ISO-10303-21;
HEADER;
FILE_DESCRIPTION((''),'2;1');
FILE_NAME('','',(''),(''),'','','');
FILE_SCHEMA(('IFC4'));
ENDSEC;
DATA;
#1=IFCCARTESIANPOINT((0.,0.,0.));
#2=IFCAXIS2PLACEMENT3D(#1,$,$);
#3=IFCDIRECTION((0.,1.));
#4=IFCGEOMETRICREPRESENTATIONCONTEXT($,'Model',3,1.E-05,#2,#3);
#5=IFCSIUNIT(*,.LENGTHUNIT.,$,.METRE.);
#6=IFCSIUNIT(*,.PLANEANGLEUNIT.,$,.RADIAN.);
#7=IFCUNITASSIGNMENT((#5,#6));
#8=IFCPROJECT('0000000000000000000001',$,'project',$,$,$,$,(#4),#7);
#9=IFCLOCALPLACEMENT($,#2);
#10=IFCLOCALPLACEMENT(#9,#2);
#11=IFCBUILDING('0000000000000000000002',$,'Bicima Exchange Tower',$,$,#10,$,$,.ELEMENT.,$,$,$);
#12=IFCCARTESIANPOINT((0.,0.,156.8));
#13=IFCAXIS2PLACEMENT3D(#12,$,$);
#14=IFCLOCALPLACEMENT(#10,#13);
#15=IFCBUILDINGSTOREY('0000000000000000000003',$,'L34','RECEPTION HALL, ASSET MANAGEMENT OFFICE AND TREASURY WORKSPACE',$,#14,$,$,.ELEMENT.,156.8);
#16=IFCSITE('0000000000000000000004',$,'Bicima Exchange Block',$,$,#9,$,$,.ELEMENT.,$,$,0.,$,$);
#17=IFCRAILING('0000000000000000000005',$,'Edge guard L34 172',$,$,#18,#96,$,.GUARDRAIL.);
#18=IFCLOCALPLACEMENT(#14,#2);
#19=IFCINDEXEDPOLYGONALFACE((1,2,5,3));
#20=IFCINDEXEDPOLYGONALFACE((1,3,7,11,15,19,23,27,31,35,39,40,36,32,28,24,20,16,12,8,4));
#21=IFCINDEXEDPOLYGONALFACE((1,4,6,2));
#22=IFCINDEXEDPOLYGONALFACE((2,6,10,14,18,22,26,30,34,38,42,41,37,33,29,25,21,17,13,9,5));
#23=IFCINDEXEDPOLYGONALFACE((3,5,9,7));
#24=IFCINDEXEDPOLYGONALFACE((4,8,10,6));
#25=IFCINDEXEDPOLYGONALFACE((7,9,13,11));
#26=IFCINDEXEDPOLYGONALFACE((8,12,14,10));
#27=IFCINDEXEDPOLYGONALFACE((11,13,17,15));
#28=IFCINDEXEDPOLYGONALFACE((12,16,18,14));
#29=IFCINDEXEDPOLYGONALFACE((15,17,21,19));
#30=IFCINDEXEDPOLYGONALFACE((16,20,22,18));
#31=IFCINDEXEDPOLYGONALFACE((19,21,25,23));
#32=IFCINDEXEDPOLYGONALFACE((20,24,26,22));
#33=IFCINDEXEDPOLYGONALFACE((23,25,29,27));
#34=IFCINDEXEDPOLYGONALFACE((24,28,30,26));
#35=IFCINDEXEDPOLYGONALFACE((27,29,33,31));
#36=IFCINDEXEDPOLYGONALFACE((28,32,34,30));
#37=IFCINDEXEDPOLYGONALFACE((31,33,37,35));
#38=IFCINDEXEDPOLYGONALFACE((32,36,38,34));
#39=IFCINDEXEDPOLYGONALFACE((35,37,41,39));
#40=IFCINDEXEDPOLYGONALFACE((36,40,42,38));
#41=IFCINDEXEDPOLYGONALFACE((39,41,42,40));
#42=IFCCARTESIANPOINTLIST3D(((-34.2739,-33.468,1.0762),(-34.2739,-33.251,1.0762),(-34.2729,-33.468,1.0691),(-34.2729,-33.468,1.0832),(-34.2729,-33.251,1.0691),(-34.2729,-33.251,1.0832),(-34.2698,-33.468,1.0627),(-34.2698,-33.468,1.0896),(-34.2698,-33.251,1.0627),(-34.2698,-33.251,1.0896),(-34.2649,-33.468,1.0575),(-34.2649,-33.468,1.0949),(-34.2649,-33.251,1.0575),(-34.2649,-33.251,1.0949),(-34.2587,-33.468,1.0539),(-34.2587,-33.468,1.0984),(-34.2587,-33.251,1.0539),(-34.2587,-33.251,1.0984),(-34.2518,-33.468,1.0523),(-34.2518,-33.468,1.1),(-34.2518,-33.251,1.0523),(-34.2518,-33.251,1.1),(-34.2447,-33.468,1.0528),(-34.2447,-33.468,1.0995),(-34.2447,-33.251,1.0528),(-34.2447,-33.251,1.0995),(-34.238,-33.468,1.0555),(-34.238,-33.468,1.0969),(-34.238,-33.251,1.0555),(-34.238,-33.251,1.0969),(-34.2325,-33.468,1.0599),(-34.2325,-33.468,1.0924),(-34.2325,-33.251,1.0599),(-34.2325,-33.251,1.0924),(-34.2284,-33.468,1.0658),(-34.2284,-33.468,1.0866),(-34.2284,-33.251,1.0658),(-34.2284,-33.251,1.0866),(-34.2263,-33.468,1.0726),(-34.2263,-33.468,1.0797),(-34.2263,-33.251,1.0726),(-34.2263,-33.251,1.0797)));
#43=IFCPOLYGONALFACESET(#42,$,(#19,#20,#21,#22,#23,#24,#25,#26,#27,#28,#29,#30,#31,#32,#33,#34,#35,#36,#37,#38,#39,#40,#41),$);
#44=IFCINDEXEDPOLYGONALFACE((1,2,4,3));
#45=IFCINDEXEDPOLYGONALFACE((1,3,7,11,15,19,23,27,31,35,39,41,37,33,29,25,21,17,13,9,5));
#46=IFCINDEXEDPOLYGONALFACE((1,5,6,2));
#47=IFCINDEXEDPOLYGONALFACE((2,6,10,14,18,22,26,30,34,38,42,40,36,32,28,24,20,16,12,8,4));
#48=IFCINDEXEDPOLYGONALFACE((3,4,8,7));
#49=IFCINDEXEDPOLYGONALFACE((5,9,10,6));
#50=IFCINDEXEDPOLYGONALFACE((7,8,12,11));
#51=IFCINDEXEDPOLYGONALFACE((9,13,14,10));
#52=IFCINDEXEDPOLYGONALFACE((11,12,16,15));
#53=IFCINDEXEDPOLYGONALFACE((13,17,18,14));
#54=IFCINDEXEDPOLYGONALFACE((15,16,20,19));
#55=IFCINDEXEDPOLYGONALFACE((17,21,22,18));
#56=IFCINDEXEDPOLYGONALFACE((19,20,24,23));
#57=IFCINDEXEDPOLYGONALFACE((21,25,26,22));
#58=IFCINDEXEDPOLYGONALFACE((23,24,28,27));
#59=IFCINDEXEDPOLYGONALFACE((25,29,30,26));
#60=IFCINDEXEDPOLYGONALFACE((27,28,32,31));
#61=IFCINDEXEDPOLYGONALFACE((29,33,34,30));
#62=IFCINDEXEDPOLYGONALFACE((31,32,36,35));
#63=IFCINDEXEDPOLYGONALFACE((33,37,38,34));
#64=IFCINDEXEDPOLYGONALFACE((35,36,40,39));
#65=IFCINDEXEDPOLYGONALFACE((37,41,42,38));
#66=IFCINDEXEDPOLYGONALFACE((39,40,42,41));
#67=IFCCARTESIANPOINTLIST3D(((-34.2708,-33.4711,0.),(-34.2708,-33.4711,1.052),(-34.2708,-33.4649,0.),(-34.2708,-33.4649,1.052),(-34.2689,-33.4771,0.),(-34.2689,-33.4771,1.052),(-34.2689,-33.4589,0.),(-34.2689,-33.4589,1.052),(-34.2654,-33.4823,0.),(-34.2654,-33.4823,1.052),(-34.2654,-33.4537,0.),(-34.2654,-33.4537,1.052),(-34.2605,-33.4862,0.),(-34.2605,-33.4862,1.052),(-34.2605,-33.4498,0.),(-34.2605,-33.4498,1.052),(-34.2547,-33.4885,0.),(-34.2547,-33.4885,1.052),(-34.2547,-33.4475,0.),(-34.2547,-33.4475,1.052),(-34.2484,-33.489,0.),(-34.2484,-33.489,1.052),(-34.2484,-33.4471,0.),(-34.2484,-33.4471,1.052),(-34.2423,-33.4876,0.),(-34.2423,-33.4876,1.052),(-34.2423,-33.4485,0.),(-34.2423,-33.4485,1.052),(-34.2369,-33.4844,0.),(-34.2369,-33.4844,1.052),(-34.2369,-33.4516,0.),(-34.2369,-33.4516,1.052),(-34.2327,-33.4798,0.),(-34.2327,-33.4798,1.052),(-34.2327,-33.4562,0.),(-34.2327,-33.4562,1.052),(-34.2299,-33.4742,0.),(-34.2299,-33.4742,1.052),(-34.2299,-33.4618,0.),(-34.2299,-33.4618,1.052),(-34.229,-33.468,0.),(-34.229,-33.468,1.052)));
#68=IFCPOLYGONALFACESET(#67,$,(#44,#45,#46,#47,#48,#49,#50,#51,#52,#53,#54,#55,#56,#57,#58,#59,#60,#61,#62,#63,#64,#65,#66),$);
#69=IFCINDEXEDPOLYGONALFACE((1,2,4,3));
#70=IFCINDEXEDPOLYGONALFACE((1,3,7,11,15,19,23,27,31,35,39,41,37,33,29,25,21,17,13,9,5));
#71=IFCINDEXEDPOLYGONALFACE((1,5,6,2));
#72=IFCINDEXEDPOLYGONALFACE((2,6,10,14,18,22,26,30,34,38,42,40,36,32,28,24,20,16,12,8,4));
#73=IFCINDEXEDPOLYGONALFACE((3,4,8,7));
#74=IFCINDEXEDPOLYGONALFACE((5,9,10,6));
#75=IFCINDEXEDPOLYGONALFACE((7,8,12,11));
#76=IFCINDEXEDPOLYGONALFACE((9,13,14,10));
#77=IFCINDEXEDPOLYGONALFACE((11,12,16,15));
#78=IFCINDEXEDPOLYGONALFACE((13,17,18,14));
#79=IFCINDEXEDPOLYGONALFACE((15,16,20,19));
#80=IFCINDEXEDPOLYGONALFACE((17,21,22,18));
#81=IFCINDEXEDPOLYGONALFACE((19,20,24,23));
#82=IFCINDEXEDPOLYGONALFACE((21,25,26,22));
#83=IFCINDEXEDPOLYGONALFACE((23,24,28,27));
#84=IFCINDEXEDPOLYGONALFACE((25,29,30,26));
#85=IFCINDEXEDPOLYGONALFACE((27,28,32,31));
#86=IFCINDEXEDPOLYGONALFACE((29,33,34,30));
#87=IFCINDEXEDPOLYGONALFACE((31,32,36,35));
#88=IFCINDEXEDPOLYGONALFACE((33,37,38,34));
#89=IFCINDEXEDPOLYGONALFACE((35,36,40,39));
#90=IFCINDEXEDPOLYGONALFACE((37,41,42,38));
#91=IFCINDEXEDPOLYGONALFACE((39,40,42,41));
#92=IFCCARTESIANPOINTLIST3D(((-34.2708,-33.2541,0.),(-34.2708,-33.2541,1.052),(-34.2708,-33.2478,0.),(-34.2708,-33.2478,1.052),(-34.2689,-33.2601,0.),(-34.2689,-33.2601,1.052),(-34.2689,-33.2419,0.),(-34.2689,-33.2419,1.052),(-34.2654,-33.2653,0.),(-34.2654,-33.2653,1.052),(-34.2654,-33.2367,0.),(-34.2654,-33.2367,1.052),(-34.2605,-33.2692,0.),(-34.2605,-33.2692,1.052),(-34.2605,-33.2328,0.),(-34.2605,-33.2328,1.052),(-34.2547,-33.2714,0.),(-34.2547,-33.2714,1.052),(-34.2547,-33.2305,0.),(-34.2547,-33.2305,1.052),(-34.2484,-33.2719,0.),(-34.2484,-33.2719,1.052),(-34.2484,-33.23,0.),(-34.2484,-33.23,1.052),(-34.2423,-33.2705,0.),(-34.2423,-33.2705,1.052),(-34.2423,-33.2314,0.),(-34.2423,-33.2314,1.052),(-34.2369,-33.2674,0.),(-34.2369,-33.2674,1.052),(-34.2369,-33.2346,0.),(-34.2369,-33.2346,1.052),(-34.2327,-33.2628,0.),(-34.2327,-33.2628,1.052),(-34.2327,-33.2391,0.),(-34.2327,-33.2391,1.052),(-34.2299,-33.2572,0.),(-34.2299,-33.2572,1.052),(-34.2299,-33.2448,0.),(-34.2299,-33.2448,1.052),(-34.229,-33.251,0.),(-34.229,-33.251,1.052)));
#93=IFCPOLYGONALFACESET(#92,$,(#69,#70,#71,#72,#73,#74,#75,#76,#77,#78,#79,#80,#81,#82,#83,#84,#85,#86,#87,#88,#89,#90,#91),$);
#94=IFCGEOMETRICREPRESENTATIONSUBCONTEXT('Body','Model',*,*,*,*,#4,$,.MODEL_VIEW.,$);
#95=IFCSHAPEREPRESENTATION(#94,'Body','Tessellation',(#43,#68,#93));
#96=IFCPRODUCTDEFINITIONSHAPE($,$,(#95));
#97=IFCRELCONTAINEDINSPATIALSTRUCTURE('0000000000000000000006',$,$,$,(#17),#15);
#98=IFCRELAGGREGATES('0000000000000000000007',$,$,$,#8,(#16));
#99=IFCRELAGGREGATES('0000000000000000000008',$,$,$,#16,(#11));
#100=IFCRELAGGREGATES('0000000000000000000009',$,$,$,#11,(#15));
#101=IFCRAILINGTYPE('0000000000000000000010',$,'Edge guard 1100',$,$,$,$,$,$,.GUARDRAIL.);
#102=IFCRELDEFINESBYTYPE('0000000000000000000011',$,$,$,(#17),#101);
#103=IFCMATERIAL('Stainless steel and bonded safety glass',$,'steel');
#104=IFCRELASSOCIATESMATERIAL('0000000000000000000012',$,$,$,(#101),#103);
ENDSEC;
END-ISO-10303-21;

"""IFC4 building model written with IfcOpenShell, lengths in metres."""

from ifc_helpers import new_model, si_unit, direction, frame, origin, origin_2d, place, context, subcontext, project, spatial, circle, extrude, material, type_object, element, save


model = new_model("IFC4")

# Units and contexts
model_context = context("Model", 3, precision=1e-05, world=origin(), true_north=direction((0.0, 1.0)))
body_context = subcontext(model_context, "Body", "Model", "MODEL_VIEW")
ifc_project = project(units=[si_unit("LENGTHUNIT", "METRE"), si_unit("PLANEANGLEUNIT", "RADIAN")], contexts=[model_context])

# Site, building, storey
site_placement = place(None, origin())
site = spatial("IfcSite", under=ifc_project, at=site_placement, Name="Bicima Exchange Block", CompositionType="ELEMENT", RefElevation=0.0)
building_placement = place(site_placement, origin())
building = spatial("IfcBuilding", under=site, at=building_placement, Name="Bicima Exchange Tower", CompositionType="ELEMENT")
storey_placement = place(building_placement, frame((0.0, 0.0, 156.8)))
storey = spatial("IfcBuildingStorey", under=building, at=storey_placement, Name="L34", Description="RECEPTION HALL, ASSET MANAGEMENT OFFICE AND TREASURY WORKSPACE", CompositionType="ELEMENT", Elevation=156.8)

# Railing
ifc_material_1 = material(Name="Stainless steel and bonded safety glass", Category="steel")
railing_type = type_object("IfcRailingType", Name="Edge guard 1100", PredefinedType="GUARDRAIL", material=ifc_material_1)
railing_1_placement = place(storey_placement, frame((-34.25, -33.468, 0.0)))
element("IfcRailing", 1, at=railing_1_placement, inside=storey, type_object=railing_type, Name="Edge guard L34 172", PredefinedType="GUARDRAIL", context=body_context, shape_type="SweptSolid", body=[
    extrude(circle(Radius=0.0239, at=origin_2d()), frame((0.0, 0.0, 1.0762), z_axis=(0.0, 1.0, 0.0), x_axis=(-1.0, 0.0, 0.0)), (0.0, 0.0, 1.0), 0.217),
    extrude(circle(Radius=0.021, at=origin_2d()), origin(), (0.0, 0.0, 1.0), 1.052),
    extrude(circle(Radius=0.021, at=origin_2d()), frame((0.0, 0.217, 0.0)), (0.0, 0.0, 1.0), 1.052),
])

save(model, "model.ifc")
